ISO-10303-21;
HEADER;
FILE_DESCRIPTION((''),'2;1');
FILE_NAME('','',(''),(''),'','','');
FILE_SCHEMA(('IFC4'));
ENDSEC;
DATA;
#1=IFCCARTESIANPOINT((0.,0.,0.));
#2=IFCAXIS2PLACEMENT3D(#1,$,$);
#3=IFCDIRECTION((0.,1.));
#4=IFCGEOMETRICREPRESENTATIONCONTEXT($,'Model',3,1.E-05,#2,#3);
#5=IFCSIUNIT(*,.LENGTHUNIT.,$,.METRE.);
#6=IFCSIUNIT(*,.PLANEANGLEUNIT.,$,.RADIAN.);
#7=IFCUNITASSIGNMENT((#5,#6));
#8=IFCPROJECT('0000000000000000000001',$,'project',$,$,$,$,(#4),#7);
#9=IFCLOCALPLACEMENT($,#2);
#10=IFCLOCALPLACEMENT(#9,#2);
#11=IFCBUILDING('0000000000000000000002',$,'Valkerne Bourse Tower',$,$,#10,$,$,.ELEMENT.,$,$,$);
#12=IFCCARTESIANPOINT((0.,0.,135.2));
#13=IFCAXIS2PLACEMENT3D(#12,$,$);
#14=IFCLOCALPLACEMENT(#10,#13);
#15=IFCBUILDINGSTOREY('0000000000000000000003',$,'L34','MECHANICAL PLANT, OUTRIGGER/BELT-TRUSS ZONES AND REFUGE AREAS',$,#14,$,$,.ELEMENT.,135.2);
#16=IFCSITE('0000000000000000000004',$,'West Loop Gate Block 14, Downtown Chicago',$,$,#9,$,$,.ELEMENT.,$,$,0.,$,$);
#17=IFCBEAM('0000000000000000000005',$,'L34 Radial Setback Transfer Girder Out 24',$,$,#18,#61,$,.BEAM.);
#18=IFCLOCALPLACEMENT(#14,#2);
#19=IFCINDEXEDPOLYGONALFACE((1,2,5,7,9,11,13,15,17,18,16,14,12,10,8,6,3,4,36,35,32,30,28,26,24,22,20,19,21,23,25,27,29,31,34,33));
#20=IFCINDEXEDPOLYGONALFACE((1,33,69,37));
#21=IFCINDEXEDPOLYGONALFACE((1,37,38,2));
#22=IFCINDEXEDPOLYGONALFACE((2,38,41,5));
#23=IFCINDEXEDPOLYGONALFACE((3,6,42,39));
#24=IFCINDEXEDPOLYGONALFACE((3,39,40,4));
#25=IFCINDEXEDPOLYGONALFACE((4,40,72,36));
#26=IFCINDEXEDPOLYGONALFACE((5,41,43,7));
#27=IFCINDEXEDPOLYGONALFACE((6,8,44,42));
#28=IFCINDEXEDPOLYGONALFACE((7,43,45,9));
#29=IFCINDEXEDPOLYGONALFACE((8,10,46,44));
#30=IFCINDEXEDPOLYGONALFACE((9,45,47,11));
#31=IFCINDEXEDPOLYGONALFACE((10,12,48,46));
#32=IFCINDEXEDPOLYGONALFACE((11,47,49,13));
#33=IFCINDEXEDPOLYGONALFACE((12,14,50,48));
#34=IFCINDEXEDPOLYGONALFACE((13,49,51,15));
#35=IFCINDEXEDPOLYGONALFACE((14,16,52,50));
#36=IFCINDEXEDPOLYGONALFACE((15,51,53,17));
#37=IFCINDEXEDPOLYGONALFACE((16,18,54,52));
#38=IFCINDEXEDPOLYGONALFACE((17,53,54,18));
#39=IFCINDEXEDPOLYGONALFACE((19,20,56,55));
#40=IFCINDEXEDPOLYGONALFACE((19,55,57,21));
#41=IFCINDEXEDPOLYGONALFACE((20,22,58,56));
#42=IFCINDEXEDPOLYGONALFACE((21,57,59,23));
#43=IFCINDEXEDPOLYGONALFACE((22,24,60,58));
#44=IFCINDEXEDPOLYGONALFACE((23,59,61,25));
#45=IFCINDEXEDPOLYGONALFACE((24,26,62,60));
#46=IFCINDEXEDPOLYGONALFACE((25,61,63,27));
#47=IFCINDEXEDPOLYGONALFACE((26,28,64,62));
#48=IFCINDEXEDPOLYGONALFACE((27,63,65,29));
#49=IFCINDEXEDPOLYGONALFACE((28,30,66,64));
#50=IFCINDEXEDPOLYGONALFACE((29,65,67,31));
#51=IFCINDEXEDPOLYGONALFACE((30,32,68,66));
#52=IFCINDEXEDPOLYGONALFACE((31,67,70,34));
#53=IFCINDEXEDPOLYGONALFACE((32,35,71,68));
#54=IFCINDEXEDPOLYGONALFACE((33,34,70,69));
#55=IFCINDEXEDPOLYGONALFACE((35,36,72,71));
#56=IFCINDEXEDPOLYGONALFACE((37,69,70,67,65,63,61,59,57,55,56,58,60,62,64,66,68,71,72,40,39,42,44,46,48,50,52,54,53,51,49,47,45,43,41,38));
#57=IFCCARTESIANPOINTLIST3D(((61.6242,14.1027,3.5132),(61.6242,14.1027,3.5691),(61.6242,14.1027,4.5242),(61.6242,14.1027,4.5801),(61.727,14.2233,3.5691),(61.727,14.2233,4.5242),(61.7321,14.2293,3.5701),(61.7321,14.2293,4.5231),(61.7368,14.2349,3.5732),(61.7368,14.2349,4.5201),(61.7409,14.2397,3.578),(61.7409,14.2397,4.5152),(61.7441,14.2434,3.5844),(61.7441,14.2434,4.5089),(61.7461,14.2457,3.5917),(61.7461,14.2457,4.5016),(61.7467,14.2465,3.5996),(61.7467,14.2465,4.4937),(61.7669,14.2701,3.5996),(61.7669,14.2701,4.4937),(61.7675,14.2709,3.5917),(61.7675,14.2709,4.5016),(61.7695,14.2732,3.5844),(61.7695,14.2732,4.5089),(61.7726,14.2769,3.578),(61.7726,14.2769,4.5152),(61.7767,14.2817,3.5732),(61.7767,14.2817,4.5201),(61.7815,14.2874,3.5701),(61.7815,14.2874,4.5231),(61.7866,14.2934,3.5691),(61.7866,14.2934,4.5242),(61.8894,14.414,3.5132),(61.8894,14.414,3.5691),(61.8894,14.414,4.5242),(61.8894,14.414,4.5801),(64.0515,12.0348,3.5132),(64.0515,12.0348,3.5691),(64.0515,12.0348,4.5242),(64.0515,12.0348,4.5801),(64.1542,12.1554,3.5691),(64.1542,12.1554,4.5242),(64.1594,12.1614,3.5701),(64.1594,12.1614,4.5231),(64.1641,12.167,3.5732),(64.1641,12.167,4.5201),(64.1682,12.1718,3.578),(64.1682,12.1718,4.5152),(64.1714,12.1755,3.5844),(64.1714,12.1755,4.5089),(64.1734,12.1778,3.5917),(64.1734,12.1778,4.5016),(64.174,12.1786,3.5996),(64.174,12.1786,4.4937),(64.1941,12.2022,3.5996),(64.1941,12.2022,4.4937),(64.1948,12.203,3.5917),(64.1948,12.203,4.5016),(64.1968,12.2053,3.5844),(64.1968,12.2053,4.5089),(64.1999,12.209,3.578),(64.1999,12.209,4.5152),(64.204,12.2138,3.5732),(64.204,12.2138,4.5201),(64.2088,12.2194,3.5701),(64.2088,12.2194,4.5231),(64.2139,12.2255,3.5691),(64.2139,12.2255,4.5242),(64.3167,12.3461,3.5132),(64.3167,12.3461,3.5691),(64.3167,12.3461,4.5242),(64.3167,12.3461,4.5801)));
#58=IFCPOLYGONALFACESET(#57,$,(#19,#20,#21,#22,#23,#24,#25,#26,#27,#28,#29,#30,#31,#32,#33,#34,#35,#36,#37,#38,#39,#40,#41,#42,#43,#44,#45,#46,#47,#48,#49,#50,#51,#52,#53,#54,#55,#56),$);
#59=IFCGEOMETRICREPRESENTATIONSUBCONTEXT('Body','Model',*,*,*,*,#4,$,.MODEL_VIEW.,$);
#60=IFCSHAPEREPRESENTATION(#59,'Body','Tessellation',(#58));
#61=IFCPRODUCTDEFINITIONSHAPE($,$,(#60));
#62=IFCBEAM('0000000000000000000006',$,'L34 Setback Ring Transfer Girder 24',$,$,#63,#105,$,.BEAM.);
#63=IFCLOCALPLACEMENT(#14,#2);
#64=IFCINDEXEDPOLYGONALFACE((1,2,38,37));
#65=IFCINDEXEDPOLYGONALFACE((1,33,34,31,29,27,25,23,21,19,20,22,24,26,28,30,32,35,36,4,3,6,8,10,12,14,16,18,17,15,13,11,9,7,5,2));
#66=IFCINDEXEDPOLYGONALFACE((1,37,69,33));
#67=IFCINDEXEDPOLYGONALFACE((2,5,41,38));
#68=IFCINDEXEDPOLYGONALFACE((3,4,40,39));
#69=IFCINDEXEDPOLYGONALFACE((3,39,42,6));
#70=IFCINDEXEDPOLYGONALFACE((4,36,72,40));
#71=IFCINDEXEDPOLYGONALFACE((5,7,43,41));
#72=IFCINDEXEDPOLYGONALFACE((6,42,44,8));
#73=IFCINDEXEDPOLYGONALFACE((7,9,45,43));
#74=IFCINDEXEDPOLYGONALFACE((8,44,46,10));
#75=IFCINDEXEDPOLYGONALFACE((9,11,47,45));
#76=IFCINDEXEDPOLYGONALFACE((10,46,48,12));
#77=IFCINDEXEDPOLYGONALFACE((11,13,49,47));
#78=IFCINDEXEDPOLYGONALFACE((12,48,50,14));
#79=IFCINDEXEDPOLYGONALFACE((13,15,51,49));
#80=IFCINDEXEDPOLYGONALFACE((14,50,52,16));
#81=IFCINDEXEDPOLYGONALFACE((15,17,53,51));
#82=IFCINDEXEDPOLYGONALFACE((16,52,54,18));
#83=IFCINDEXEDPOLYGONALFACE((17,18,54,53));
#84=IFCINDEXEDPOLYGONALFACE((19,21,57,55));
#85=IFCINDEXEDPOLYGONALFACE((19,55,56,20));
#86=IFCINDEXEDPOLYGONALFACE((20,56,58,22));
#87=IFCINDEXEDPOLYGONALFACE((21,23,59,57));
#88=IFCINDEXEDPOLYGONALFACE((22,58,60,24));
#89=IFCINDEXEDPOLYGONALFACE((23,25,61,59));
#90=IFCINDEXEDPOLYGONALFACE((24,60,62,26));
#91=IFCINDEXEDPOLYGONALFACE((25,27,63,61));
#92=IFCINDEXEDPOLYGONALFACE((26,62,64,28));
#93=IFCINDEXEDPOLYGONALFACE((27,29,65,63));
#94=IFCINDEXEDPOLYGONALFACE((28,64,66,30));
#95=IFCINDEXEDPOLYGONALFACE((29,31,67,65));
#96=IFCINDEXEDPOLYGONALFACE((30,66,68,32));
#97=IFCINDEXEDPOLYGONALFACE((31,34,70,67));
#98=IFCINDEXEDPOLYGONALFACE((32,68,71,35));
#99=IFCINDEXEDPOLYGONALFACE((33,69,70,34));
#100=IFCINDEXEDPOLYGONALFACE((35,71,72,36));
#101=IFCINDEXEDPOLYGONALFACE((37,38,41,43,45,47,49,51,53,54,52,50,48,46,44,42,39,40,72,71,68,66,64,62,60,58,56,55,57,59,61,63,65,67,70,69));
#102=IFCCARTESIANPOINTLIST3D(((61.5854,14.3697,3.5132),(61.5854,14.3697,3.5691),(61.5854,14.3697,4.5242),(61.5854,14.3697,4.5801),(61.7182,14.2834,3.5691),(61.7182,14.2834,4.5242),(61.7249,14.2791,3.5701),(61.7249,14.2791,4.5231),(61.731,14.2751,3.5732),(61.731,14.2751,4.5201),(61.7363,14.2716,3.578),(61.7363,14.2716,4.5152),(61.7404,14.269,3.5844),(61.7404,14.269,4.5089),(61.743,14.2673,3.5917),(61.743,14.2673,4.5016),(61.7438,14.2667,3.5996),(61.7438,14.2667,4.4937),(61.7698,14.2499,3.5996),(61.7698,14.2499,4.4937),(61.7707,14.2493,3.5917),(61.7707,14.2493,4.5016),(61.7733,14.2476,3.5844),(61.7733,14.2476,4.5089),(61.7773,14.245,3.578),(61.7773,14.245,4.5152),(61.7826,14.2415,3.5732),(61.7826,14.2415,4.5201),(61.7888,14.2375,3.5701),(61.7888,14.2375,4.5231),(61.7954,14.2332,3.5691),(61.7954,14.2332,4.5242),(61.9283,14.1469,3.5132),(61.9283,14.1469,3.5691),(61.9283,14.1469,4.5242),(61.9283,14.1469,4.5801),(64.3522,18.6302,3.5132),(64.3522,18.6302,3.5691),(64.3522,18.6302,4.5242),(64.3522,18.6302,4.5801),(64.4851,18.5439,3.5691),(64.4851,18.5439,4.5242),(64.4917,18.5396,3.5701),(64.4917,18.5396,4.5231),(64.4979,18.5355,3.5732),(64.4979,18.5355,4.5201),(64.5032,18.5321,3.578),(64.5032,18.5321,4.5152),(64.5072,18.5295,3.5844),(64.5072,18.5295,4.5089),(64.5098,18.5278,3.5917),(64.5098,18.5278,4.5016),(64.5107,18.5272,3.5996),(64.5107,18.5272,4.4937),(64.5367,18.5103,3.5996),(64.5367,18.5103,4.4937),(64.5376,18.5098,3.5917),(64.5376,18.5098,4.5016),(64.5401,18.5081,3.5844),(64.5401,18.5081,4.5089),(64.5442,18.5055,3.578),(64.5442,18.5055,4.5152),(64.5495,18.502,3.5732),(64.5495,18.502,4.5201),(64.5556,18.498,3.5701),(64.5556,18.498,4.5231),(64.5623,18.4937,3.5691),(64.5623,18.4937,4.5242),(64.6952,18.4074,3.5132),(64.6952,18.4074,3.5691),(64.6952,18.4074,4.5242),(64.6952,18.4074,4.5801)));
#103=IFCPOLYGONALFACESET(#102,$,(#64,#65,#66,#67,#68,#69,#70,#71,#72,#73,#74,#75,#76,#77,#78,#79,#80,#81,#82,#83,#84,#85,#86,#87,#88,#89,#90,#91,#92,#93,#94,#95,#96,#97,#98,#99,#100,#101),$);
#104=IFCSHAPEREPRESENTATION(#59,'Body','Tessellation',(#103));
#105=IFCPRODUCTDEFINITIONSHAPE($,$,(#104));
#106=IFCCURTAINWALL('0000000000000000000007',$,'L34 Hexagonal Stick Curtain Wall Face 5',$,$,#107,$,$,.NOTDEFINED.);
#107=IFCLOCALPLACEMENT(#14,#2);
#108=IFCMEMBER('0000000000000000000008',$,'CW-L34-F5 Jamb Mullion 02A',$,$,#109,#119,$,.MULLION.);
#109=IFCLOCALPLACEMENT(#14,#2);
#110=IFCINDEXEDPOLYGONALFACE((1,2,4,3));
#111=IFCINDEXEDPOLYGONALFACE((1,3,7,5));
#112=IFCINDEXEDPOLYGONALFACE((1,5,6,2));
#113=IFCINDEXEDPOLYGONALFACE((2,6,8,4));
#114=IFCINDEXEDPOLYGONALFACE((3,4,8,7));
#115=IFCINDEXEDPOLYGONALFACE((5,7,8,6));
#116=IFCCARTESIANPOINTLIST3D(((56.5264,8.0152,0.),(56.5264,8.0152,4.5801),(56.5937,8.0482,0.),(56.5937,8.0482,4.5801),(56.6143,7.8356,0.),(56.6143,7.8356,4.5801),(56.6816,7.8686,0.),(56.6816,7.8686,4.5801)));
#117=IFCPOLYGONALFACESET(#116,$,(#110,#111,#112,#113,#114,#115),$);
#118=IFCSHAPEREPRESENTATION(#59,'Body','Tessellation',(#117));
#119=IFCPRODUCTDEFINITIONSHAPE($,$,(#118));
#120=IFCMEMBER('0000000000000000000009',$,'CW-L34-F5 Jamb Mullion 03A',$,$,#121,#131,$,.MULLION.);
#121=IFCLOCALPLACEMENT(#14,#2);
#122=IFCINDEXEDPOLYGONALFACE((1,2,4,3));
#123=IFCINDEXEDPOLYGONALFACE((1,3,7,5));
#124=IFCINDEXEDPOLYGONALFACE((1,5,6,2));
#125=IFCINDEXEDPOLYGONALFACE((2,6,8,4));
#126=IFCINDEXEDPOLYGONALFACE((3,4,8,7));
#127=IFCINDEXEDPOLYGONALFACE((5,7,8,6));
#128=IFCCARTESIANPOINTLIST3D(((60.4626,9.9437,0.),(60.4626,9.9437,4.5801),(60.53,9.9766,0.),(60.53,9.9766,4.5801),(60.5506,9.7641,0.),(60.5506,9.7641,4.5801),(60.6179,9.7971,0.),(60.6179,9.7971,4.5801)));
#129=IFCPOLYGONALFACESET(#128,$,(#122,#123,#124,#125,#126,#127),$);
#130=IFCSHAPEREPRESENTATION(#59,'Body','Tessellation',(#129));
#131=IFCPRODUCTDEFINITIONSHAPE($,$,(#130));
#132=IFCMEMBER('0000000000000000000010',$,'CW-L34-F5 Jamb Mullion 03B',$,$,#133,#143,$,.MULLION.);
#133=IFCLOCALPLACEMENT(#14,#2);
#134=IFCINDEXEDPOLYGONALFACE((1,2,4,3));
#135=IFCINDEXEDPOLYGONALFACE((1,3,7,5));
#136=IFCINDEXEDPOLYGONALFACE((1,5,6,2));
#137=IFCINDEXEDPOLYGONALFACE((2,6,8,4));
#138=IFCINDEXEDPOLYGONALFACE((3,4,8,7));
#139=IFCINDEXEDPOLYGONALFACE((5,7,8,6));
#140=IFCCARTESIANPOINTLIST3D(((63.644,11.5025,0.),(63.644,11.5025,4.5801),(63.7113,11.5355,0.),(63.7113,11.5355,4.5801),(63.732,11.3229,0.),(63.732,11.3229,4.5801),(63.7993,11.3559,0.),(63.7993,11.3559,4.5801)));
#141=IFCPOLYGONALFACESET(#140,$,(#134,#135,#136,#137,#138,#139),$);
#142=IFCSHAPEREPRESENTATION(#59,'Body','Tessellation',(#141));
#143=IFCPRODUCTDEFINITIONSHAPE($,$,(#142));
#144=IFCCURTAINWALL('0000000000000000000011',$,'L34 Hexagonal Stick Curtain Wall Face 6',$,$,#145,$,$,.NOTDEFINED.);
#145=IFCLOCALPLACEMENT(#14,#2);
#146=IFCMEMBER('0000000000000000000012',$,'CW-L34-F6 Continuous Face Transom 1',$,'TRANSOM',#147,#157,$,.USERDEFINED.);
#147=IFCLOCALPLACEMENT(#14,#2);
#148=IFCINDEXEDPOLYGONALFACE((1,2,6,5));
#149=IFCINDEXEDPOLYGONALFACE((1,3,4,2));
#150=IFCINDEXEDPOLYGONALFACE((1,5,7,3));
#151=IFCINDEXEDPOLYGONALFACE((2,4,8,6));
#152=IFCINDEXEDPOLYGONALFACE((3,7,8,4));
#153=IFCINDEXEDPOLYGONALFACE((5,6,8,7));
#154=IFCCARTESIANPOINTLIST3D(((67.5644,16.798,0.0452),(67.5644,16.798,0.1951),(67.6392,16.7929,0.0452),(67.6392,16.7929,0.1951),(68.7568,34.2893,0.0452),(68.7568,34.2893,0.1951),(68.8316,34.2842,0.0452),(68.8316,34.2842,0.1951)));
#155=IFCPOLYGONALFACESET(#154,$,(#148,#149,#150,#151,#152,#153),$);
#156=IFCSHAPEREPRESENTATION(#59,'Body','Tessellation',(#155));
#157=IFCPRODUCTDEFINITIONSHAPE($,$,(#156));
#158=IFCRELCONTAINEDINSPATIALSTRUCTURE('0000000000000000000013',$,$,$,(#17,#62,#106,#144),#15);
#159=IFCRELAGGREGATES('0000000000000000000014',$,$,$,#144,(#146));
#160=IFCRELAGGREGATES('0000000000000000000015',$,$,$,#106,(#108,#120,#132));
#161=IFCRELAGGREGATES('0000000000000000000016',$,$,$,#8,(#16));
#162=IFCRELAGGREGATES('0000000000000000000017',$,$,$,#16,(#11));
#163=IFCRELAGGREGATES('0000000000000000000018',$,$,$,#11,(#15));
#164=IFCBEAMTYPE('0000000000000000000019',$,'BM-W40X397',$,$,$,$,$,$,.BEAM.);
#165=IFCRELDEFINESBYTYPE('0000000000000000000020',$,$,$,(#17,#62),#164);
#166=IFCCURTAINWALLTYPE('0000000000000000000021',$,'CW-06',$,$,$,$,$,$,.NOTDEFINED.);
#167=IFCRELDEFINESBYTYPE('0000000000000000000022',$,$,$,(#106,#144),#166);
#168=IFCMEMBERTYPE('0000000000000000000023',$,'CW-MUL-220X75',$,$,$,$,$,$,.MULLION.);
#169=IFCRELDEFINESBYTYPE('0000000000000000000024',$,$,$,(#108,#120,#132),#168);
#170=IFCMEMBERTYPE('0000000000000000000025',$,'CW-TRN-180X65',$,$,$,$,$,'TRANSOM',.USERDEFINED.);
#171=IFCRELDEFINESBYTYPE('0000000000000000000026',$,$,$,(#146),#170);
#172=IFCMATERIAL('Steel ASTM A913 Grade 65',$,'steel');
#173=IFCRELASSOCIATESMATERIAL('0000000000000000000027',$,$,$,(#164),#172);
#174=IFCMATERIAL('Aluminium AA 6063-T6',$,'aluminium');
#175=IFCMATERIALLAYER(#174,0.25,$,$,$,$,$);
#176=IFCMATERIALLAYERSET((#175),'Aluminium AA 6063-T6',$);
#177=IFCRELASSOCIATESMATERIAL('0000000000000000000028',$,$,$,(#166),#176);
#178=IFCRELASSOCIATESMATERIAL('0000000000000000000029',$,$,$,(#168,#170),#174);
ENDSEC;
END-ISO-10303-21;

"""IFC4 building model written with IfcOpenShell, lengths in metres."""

from ifc_helpers import new_model, si_unit, direction, frame, origin, origin_2d, place, context, subcontext, project, spatial, rectangle, i_section, extrude, material, layer, layer_set, material_profile, profile_set, type_object, element, aggregate, save


model = new_model("IFC4")

# Units and contexts
model_context = context("Model", 3, precision=1e-05, world=origin(), true_north=direction((0.0, 1.0)))
body_context = subcontext(model_context, "Body", "Model", "MODEL_VIEW")
ifc_project = project(units=[si_unit("LENGTHUNIT", "METRE"), si_unit("PLANEANGLEUNIT", "RADIAN")], contexts=[model_context])

# Site, building, storey
site_placement = place(None, origin())
site = spatial("IfcSite", under=ifc_project, at=site_placement, Name="West Loop Gate Block 14, Downtown Chicago", CompositionType="ELEMENT", RefElevation=0.0)
building_placement = place(site_placement, origin())
building = spatial("IfcBuilding", under=site, at=building_placement, Name="Valkerne Bourse Tower", CompositionType="ELEMENT")
storey_placement = place(building_placement, frame((0.0, 0.0, 135.2)))
storey = spatial("IfcBuildingStorey", under=building, at=storey_placement, Name="L34", Description="MECHANICAL PLANT, OUTRIGGER/BELT-TRUSS ZONES AND REFUGE AREAS", CompositionType="ELEMENT", Elevation=135.2)

# Shared definitions
ifc_material_1 = material(Name="Steel ASTM A913 Grade 65", Category="steel")

# Beams
ifc_material_profile_1 = material_profile(ifc_material_1, i_section(OverallWidth=0.4089, OverallDepth=1.0669, WebThickness=0.031, FlangeThickness=0.0559, FilletRadius=0.0305, at=origin_2d()), Name="W40X397")
ifc_profile_set_1 = profile_set([ifc_material_profile_1], Name="Steel ASTM A913 Grade 65")
beam_type_1 = type_object("IfcBeamType", Name="BM-W40X397", PredefinedType="BEAM", material=ifc_profile_set_1)
beam_1_placement = place(storey_placement, frame((64.1841, 12.1904, 4.0466), z_axis=(-0.76121, 0.648506, 0.0), x_axis=(-0.648506, -0.76121, 0.0)))
element("IfcBeam", 1, at=beam_1_placement, inside=storey, type_object=beam_type_1, Name="L34 Radial Setback Transfer Girder Out 24", PredefinedType="BEAM", context=body_context, shape_type="SweptSolid", body=[
    extrude(i_section(OverallWidth=0.4089, OverallDepth=1.0669, WebThickness=0.031, FlangeThickness=0.0559, FilletRadius=0.0305, at=origin_2d()), origin(), (0.0, 0.0, 1.0), 3.1887),
])
beam_2_placement = place(storey_placement, frame((61.7568, 14.2583, 4.0466), z_axis=(0.544645, 0.838666, 0.0), x_axis=(-0.838666, 0.544645, 0.0)))
element("IfcBeam", 2, at=beam_2_placement, inside=storey, type_object=beam_type_1, Name="L34 Setback Ring Transfer Girder 24", PredefinedType="BEAM", context=body_context, shape_type="SweptSolid", body=[
    extrude(i_section(OverallWidth=0.4089, OverallDepth=1.0669, WebThickness=0.031, FlangeThickness=0.0559, FilletRadius=0.0305, at=origin_2d()), origin(), (0.0, 0.0, 1.0), 5.0801),
])

# Curtain wall, members
ifc_material_2 = material(Name="Aluminium AA 6063-T6", Category="aluminium")
ifc_layer_1 = layer(ifc_material_2, 0.25)
ifc_layer_set_1 = layer_set([ifc_layer_1], Name="Aluminium AA 6063-T6")
curtain_wall_type = type_object("IfcCurtainWallType", Name="CW-06", PredefinedType="NOTDEFINED", material=ifc_layer_set_1)
curtain_wall_1_placement = place(storey_placement, origin())
curtain_wall_1 = element("IfcCurtainWall", 3, at=curtain_wall_1_placement, inside=storey, type_object=curtain_wall_type, Name="L34 Hexagonal Stick Curtain Wall Face 5", PredefinedType="NOTDEFINED")
ifc_material_profile_2 = material_profile(ifc_material_2, rectangle(XDim=0.075, YDim=0.2, at=origin_2d()), Name="CWM-75X200")
ifc_profile_set_2 = profile_set([ifc_material_profile_2], Name="Aluminium AA 6063-T6")
member_type_1 = type_object("IfcMemberType", Name="CW-MUL-220X75", PredefinedType="MULLION", material=ifc_profile_set_2)
member_1_placement = place(storey_placement, frame((56.604, 7.9419, 0.0), z_axis=(0.0, 0.0, 1.0), x_axis=(0.898025, 0.439944, 0.0)))
member_1 = element("IfcMember", 4, at=member_1_placement, type_object=member_type_1, Name="CW-L34-F5 Jamb Mullion 02A", PredefinedType="MULLION", context=body_context, shape_type="SweptSolid", body=[
    extrude(rectangle(XDim=0.075, YDim=0.2, at=origin_2d()), origin(), (0.0, 0.0, 1.0), 4.5801),
])
member_2_placement = place(storey_placement, frame((60.5403, 9.8704, 0.0), z_axis=(0.0, 0.0, 1.0), x_axis=(0.898021, 0.439953, 0.0)))
member_2 = element("IfcMember", 5, at=member_2_placement, type_object=member_type_1, Name="CW-L34-F5 Jamb Mullion 03A", PredefinedType="MULLION", context=body_context, shape_type="SweptSolid", body=[
    extrude(rectangle(XDim=0.075, YDim=0.2, at=origin_2d()), origin(), (0.0, 0.0, 1.0), 4.5801),
])
member_3_placement = place(storey_placement, frame((63.7217, 11.4292, 0.0), z_axis=(0.0, 0.0, 1.0), x_axis=(0.898021, 0.439953, 0.0)))
member_3 = element("IfcMember", 6, at=member_3_placement, type_object=member_type_1, Name="CW-L34-F5 Jamb Mullion 03B", PredefinedType="MULLION", context=body_context, shape_type="SweptSolid", body=[
    extrude(rectangle(XDim=0.075, YDim=0.2, at=origin_2d()), origin(), (0.0, 0.0, 1.0), 4.5801),
])

# Curtain wall, member
curtain_wall_2_placement = place(storey_placement, origin())
curtain_wall_2 = element("IfcCurtainWall", 7, at=curtain_wall_2_placement, inside=storey, type_object=curtain_wall_type, Name="L34 Hexagonal Stick Curtain Wall Face 6", PredefinedType="NOTDEFINED")
ifc_material_profile_3 = material_profile(ifc_material_2, rectangle(XDim=0.075, YDim=0.1499, at=origin_2d()), Name="CWT-75X150")
ifc_profile_set_3 = profile_set([ifc_material_profile_3], Name="Aluminium AA 6063-T6")
member_type_2 = type_object("IfcMemberType", Name="CW-TRN-180X65", ElementType="TRANSOM", PredefinedType="USERDEFINED", material=ifc_profile_set_3)
member_4_placement = place(storey_placement, frame((67.6018, 16.7954, 0.1201), z_axis=(0.068012, 0.997685, 0.0), x_axis=(-0.997685, 0.068012, 0.0)))
member_4 = element("IfcMember", 8, at=member_4_placement, type_object=member_type_2, Name="CW-L34-F6 Continuous Face Transom 1", ObjectType="TRANSOM", PredefinedType="USERDEFINED", context=body_context, shape_type="SweptSolid", body=[
    extrude(rectangle(XDim=0.075, YDim=0.1499, at=origin_2d()), origin(), (0.0, 0.0, 1.0), 17.532),
])
aggregate(curtain_wall_2, [member_4])

aggregate(curtain_wall_1, [member_1, member_2, member_3])

save(model, "model.ifc")
